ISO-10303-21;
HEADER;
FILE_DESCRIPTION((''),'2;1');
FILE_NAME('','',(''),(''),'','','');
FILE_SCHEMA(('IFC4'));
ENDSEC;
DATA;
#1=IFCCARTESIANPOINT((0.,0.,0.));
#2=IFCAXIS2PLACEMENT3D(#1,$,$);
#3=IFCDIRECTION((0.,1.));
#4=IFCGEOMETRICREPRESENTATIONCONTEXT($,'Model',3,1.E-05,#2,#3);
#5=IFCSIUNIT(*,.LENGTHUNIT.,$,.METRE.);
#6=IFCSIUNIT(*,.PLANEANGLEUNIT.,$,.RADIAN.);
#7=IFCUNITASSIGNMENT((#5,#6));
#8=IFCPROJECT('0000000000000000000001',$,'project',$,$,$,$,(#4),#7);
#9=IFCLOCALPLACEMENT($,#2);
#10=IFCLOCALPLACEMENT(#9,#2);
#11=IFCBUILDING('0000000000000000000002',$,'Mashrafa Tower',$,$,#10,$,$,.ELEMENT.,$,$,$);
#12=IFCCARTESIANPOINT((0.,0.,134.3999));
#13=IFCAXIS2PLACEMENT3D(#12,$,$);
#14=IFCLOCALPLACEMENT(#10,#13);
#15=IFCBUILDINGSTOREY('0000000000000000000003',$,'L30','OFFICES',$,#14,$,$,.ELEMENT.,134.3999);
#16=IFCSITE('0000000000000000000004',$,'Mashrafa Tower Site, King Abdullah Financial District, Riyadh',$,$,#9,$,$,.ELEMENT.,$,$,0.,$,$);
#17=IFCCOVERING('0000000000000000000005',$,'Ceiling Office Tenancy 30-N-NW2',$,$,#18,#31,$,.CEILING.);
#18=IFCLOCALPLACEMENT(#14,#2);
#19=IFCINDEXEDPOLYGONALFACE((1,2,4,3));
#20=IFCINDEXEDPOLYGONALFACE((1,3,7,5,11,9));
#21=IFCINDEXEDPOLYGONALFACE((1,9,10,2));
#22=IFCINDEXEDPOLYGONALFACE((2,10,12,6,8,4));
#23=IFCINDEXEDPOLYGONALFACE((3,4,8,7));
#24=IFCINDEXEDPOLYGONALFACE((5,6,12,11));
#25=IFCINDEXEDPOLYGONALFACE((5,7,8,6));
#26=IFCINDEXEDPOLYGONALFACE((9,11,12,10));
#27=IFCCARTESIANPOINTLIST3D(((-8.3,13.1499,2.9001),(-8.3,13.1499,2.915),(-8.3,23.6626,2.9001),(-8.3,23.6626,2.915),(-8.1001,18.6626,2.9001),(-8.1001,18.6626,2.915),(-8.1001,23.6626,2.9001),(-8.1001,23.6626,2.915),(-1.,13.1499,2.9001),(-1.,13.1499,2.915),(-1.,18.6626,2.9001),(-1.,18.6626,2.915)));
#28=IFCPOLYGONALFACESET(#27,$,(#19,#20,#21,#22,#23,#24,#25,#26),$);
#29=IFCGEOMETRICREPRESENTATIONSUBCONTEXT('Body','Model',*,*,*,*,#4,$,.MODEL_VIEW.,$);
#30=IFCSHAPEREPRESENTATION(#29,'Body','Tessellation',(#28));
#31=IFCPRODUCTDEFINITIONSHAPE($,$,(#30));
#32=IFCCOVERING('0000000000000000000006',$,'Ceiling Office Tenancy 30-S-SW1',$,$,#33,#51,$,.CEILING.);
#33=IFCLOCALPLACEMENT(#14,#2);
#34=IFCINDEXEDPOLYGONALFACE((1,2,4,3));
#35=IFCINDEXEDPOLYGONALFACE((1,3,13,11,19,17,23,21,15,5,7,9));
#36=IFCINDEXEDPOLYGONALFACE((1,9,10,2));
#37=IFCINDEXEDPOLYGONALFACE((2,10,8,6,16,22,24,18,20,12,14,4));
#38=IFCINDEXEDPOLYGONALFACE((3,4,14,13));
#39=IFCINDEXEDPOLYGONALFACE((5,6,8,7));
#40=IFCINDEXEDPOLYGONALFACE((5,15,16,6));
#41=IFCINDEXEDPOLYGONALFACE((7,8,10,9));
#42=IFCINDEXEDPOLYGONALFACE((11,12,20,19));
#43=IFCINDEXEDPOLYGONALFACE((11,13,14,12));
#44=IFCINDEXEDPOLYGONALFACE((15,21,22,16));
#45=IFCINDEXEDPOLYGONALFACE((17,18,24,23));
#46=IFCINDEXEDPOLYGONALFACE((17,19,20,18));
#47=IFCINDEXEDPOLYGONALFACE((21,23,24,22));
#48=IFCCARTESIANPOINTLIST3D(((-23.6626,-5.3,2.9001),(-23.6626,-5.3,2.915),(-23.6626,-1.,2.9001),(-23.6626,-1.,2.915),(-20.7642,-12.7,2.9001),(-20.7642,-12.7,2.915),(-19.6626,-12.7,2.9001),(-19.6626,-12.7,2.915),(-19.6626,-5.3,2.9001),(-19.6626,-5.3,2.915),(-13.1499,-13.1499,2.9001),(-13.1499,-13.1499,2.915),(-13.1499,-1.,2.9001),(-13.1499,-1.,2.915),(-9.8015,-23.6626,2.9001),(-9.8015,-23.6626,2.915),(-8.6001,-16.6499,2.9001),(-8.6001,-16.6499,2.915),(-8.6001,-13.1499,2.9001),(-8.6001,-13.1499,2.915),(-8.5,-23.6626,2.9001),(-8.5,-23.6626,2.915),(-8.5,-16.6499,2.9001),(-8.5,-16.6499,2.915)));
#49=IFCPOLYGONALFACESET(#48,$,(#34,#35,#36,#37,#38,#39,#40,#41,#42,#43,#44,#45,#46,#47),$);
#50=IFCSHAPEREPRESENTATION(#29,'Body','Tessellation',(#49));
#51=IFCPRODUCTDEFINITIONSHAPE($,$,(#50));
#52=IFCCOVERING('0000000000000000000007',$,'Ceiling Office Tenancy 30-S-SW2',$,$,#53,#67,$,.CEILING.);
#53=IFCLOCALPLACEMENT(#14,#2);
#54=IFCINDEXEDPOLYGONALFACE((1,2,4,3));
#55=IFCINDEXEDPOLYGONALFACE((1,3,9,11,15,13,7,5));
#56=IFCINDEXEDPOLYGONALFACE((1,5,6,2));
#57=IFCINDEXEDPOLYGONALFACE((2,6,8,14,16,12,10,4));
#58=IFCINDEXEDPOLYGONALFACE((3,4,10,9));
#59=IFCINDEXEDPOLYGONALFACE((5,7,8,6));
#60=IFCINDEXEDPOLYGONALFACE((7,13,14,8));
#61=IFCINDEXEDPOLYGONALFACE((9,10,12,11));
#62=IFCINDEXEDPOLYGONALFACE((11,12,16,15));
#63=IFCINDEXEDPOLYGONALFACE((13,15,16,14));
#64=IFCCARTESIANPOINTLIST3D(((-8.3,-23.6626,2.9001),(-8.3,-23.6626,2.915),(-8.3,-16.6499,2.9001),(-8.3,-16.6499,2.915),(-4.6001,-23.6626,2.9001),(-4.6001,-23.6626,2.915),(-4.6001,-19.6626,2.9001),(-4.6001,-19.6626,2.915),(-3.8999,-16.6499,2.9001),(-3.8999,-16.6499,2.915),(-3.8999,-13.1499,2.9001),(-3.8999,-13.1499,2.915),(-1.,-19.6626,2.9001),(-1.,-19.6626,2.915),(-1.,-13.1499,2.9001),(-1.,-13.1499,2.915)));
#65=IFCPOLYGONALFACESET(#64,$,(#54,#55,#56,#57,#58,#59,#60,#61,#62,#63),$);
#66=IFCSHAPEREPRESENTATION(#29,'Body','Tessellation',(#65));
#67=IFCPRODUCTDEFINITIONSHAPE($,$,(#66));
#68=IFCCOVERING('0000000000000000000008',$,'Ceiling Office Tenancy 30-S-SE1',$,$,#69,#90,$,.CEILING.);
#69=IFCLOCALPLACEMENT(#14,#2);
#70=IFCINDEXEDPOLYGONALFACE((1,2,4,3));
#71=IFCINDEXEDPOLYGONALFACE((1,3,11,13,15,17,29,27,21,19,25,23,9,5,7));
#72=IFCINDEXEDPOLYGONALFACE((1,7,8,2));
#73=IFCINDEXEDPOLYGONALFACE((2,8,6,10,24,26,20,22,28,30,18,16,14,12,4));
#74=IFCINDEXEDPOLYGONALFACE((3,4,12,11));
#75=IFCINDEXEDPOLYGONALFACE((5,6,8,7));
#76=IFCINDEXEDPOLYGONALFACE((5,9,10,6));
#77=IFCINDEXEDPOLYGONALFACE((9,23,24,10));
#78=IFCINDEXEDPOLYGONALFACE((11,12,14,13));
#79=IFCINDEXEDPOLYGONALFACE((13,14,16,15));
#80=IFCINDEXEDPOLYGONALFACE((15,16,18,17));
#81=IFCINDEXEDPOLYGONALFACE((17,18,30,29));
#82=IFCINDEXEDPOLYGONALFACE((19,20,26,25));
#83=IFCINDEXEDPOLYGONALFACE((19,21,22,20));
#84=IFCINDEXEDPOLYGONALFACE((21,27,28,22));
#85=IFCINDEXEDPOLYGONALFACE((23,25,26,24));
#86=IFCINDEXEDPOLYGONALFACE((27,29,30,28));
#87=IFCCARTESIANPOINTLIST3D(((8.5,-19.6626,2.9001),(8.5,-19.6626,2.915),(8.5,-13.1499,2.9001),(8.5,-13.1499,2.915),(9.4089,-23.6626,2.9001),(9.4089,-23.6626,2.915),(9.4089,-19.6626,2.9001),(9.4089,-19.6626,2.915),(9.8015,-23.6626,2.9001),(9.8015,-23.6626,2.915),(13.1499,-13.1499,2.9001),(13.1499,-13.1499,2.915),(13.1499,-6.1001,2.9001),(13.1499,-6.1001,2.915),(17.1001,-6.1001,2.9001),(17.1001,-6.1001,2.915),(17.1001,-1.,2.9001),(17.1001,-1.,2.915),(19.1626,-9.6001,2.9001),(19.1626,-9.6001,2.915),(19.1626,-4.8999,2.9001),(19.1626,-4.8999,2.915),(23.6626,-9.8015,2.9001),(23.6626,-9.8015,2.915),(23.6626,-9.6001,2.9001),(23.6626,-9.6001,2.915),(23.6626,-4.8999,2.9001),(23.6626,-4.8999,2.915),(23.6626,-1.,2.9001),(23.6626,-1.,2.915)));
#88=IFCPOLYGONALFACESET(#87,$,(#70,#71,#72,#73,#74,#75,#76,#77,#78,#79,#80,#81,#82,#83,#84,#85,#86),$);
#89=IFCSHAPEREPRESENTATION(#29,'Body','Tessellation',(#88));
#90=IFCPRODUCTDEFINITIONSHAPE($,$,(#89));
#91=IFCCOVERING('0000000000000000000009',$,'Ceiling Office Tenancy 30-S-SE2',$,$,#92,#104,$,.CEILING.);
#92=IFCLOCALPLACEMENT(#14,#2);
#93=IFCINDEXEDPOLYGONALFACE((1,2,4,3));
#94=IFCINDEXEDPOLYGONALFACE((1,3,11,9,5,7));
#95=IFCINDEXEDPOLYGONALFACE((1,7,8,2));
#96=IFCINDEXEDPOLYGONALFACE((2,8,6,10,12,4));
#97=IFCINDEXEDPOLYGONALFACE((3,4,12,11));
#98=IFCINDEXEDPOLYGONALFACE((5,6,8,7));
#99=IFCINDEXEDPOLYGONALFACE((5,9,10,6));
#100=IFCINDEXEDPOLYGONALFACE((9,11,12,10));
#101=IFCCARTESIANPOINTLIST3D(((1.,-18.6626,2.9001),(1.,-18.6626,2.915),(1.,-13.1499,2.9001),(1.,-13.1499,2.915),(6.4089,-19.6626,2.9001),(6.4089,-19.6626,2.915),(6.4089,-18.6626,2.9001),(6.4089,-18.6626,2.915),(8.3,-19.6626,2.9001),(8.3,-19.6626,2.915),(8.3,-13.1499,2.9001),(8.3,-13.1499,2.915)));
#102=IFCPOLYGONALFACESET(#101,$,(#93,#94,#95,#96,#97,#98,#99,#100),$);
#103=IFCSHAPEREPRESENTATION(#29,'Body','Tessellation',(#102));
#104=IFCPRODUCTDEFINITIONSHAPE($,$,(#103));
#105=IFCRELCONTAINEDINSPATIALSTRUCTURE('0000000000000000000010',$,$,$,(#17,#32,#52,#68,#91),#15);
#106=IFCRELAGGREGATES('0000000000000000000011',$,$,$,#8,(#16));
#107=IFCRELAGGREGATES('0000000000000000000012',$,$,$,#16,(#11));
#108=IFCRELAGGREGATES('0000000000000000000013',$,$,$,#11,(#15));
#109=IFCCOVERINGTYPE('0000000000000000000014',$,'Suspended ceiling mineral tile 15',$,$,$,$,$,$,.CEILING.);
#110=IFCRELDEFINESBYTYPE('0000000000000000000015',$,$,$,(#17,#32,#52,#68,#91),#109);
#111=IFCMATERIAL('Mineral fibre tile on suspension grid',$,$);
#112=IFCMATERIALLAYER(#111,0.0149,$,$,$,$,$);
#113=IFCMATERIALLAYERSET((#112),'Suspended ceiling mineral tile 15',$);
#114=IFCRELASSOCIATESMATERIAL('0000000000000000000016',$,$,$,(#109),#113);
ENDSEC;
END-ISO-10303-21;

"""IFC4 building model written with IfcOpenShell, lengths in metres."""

from ifc_helpers import new_model, si_unit, direction, frame, origin, place, context, subcontext, project, spatial, polyline, outline, extrude, material, layer, layer_set, type_object, element, save


model = new_model("IFC4")

# Units and contexts
model_context = context("Model", 3, precision=1e-05, world=origin(), true_north=direction((0.0, 1.0)))
body_context = subcontext(model_context, "Body", "Model", "MODEL_VIEW")
ifc_project = project(units=[si_unit("LENGTHUNIT", "METRE"), si_unit("PLANEANGLEUNIT", "RADIAN")], contexts=[model_context])

# Site, building, storey
site_placement = place(None, origin())
site = spatial("IfcSite", under=ifc_project, at=site_placement, Name="Mashrafa Tower Site, King Abdullah Financial District, Riyadh", CompositionType="ELEMENT", RefElevation=0.0)
building_placement = place(site_placement, origin())
building = spatial("IfcBuilding", under=site, at=building_placement, Name="Mashrafa Tower", CompositionType="ELEMENT")
storey_placement = place(building_placement, frame((0.0, 0.0, 134.3999)))
storey = spatial("IfcBuildingStorey", under=building, at=storey_placement, Name="L30", Description="OFFICES", CompositionType="ELEMENT", Elevation=134.3999)

# Coverings
ifc_material_1 = material(Name="Mineral fibre tile on suspension grid")
ifc_layer_1 = layer(ifc_material_1, 0.0149)
ifc_layer_set_1 = layer_set([ifc_layer_1], Name="Suspended ceiling mineral tile 15")
covering_type = type_object("IfcCoveringType", Name="Suspended ceiling mineral tile 15", PredefinedType="CEILING", material=ifc_layer_set_1)
covering_1_placement = place(storey_placement, frame((0.0, 0.0, 2.9001)))
element("IfcCovering", 1, at=covering_1_placement, inside=storey, type_object=covering_type, Name="Ceiling Office Tenancy 30-N-NW2", PredefinedType="CEILING", context=body_context, shape_type="SweptSolid", body=[
    extrude(outline(polyline([(-8.3, 13.1499), (-8.3, 23.6626), (-8.1001, 23.6626), (-8.1001, 18.6626), (-1.0, 18.6626), (-1.0, 13.1499), (-8.3, 13.1499)])), origin(), (0.0, 0.0, 1.0), 0.0149),
])
covering_2_placement = place(storey_placement, frame((0.0, 0.0, 2.9001)))
element("IfcCovering", 2, at=covering_2_placement, inside=storey, type_object=covering_type, Name="Ceiling Office Tenancy 30-S-SW1", PredefinedType="CEILING", context=body_context, shape_type="SweptSolid", body=[
    extrude(outline(polyline([(-9.8015, -23.6626), (-20.7642, -12.7), (-19.6626, -12.7), (-19.6626, -5.3), (-23.6626, -5.3), (-23.6626, -1.0), (-13.1499, -1.0), (-13.1499, -13.1499), (-8.6001, -13.1499), (-8.6001, -16.6499), (-8.5, -16.6499), (-8.5, -23.6626), (-9.8015, -23.6626)])), origin(), (0.0, 0.0, 1.0), 0.0149),
])
covering_3_placement = place(storey_placement, frame((0.0, 0.0, 2.9001)))
element("IfcCovering", 3, at=covering_3_placement, inside=storey, type_object=covering_type, Name="Ceiling Office Tenancy 30-S-SW2", PredefinedType="CEILING", context=body_context, shape_type="SweptSolid", body=[
    extrude(outline(polyline([(-4.6001, -23.6626), (-8.3, -23.6626), (-8.3, -16.6499), (-3.8999, -16.6499), (-3.8999, -13.1499), (-1.0, -13.1499), (-1.0, -19.6626), (-4.6001, -19.6626), (-4.6001, -23.6626)])), origin(), (0.0, 0.0, 1.0), 0.0149),
])
covering_4_placement = place(storey_placement, frame((0.0, 0.0, 2.9001)))
element("IfcCovering", 4, at=covering_4_placement, inside=storey, type_object=covering_type, Name="Ceiling Office Tenancy 30-S-SE1", PredefinedType="CEILING", context=body_context, shape_type="SweptSolid", body=[
    extrude(outline(polyline([(23.6626, -1.0), (23.6626, -4.8999), (19.1626, -4.8999), (19.1626, -9.6001), (23.6626, -9.6001), (23.6626, -9.8015), (9.8015, -23.6626), (9.4089, -23.6626), (9.4089, -19.6626), (8.5, -19.6626), (8.5, -13.1499), (13.1499, -13.1499), (13.1499, -6.1001), (17.1001, -6.1001), (17.1001, -1.0), (23.6626, -1.0)])), origin(), (0.0, 0.0, 1.0), 0.0149),
])
covering_5_placement = place(storey_placement, frame((0.0, 0.0, 2.9001)))
element("IfcCovering", 5, at=covering_5_placement, inside=storey, type_object=covering_type, Name="Ceiling Office Tenancy 30-S-SE2", PredefinedType="CEILING", context=body_context, shape_type="SweptSolid", body=[
    extrude(outline(polyline([(8.3, -13.1499), (8.3, -19.6626), (6.4089, -19.6626), (6.4089, -18.6626), (1.0, -18.6626), (1.0, -13.1499), (8.3, -13.1499)])), origin(), (0.0, 0.0, 1.0), 0.0149),
])

save(model, "model.ifc")
